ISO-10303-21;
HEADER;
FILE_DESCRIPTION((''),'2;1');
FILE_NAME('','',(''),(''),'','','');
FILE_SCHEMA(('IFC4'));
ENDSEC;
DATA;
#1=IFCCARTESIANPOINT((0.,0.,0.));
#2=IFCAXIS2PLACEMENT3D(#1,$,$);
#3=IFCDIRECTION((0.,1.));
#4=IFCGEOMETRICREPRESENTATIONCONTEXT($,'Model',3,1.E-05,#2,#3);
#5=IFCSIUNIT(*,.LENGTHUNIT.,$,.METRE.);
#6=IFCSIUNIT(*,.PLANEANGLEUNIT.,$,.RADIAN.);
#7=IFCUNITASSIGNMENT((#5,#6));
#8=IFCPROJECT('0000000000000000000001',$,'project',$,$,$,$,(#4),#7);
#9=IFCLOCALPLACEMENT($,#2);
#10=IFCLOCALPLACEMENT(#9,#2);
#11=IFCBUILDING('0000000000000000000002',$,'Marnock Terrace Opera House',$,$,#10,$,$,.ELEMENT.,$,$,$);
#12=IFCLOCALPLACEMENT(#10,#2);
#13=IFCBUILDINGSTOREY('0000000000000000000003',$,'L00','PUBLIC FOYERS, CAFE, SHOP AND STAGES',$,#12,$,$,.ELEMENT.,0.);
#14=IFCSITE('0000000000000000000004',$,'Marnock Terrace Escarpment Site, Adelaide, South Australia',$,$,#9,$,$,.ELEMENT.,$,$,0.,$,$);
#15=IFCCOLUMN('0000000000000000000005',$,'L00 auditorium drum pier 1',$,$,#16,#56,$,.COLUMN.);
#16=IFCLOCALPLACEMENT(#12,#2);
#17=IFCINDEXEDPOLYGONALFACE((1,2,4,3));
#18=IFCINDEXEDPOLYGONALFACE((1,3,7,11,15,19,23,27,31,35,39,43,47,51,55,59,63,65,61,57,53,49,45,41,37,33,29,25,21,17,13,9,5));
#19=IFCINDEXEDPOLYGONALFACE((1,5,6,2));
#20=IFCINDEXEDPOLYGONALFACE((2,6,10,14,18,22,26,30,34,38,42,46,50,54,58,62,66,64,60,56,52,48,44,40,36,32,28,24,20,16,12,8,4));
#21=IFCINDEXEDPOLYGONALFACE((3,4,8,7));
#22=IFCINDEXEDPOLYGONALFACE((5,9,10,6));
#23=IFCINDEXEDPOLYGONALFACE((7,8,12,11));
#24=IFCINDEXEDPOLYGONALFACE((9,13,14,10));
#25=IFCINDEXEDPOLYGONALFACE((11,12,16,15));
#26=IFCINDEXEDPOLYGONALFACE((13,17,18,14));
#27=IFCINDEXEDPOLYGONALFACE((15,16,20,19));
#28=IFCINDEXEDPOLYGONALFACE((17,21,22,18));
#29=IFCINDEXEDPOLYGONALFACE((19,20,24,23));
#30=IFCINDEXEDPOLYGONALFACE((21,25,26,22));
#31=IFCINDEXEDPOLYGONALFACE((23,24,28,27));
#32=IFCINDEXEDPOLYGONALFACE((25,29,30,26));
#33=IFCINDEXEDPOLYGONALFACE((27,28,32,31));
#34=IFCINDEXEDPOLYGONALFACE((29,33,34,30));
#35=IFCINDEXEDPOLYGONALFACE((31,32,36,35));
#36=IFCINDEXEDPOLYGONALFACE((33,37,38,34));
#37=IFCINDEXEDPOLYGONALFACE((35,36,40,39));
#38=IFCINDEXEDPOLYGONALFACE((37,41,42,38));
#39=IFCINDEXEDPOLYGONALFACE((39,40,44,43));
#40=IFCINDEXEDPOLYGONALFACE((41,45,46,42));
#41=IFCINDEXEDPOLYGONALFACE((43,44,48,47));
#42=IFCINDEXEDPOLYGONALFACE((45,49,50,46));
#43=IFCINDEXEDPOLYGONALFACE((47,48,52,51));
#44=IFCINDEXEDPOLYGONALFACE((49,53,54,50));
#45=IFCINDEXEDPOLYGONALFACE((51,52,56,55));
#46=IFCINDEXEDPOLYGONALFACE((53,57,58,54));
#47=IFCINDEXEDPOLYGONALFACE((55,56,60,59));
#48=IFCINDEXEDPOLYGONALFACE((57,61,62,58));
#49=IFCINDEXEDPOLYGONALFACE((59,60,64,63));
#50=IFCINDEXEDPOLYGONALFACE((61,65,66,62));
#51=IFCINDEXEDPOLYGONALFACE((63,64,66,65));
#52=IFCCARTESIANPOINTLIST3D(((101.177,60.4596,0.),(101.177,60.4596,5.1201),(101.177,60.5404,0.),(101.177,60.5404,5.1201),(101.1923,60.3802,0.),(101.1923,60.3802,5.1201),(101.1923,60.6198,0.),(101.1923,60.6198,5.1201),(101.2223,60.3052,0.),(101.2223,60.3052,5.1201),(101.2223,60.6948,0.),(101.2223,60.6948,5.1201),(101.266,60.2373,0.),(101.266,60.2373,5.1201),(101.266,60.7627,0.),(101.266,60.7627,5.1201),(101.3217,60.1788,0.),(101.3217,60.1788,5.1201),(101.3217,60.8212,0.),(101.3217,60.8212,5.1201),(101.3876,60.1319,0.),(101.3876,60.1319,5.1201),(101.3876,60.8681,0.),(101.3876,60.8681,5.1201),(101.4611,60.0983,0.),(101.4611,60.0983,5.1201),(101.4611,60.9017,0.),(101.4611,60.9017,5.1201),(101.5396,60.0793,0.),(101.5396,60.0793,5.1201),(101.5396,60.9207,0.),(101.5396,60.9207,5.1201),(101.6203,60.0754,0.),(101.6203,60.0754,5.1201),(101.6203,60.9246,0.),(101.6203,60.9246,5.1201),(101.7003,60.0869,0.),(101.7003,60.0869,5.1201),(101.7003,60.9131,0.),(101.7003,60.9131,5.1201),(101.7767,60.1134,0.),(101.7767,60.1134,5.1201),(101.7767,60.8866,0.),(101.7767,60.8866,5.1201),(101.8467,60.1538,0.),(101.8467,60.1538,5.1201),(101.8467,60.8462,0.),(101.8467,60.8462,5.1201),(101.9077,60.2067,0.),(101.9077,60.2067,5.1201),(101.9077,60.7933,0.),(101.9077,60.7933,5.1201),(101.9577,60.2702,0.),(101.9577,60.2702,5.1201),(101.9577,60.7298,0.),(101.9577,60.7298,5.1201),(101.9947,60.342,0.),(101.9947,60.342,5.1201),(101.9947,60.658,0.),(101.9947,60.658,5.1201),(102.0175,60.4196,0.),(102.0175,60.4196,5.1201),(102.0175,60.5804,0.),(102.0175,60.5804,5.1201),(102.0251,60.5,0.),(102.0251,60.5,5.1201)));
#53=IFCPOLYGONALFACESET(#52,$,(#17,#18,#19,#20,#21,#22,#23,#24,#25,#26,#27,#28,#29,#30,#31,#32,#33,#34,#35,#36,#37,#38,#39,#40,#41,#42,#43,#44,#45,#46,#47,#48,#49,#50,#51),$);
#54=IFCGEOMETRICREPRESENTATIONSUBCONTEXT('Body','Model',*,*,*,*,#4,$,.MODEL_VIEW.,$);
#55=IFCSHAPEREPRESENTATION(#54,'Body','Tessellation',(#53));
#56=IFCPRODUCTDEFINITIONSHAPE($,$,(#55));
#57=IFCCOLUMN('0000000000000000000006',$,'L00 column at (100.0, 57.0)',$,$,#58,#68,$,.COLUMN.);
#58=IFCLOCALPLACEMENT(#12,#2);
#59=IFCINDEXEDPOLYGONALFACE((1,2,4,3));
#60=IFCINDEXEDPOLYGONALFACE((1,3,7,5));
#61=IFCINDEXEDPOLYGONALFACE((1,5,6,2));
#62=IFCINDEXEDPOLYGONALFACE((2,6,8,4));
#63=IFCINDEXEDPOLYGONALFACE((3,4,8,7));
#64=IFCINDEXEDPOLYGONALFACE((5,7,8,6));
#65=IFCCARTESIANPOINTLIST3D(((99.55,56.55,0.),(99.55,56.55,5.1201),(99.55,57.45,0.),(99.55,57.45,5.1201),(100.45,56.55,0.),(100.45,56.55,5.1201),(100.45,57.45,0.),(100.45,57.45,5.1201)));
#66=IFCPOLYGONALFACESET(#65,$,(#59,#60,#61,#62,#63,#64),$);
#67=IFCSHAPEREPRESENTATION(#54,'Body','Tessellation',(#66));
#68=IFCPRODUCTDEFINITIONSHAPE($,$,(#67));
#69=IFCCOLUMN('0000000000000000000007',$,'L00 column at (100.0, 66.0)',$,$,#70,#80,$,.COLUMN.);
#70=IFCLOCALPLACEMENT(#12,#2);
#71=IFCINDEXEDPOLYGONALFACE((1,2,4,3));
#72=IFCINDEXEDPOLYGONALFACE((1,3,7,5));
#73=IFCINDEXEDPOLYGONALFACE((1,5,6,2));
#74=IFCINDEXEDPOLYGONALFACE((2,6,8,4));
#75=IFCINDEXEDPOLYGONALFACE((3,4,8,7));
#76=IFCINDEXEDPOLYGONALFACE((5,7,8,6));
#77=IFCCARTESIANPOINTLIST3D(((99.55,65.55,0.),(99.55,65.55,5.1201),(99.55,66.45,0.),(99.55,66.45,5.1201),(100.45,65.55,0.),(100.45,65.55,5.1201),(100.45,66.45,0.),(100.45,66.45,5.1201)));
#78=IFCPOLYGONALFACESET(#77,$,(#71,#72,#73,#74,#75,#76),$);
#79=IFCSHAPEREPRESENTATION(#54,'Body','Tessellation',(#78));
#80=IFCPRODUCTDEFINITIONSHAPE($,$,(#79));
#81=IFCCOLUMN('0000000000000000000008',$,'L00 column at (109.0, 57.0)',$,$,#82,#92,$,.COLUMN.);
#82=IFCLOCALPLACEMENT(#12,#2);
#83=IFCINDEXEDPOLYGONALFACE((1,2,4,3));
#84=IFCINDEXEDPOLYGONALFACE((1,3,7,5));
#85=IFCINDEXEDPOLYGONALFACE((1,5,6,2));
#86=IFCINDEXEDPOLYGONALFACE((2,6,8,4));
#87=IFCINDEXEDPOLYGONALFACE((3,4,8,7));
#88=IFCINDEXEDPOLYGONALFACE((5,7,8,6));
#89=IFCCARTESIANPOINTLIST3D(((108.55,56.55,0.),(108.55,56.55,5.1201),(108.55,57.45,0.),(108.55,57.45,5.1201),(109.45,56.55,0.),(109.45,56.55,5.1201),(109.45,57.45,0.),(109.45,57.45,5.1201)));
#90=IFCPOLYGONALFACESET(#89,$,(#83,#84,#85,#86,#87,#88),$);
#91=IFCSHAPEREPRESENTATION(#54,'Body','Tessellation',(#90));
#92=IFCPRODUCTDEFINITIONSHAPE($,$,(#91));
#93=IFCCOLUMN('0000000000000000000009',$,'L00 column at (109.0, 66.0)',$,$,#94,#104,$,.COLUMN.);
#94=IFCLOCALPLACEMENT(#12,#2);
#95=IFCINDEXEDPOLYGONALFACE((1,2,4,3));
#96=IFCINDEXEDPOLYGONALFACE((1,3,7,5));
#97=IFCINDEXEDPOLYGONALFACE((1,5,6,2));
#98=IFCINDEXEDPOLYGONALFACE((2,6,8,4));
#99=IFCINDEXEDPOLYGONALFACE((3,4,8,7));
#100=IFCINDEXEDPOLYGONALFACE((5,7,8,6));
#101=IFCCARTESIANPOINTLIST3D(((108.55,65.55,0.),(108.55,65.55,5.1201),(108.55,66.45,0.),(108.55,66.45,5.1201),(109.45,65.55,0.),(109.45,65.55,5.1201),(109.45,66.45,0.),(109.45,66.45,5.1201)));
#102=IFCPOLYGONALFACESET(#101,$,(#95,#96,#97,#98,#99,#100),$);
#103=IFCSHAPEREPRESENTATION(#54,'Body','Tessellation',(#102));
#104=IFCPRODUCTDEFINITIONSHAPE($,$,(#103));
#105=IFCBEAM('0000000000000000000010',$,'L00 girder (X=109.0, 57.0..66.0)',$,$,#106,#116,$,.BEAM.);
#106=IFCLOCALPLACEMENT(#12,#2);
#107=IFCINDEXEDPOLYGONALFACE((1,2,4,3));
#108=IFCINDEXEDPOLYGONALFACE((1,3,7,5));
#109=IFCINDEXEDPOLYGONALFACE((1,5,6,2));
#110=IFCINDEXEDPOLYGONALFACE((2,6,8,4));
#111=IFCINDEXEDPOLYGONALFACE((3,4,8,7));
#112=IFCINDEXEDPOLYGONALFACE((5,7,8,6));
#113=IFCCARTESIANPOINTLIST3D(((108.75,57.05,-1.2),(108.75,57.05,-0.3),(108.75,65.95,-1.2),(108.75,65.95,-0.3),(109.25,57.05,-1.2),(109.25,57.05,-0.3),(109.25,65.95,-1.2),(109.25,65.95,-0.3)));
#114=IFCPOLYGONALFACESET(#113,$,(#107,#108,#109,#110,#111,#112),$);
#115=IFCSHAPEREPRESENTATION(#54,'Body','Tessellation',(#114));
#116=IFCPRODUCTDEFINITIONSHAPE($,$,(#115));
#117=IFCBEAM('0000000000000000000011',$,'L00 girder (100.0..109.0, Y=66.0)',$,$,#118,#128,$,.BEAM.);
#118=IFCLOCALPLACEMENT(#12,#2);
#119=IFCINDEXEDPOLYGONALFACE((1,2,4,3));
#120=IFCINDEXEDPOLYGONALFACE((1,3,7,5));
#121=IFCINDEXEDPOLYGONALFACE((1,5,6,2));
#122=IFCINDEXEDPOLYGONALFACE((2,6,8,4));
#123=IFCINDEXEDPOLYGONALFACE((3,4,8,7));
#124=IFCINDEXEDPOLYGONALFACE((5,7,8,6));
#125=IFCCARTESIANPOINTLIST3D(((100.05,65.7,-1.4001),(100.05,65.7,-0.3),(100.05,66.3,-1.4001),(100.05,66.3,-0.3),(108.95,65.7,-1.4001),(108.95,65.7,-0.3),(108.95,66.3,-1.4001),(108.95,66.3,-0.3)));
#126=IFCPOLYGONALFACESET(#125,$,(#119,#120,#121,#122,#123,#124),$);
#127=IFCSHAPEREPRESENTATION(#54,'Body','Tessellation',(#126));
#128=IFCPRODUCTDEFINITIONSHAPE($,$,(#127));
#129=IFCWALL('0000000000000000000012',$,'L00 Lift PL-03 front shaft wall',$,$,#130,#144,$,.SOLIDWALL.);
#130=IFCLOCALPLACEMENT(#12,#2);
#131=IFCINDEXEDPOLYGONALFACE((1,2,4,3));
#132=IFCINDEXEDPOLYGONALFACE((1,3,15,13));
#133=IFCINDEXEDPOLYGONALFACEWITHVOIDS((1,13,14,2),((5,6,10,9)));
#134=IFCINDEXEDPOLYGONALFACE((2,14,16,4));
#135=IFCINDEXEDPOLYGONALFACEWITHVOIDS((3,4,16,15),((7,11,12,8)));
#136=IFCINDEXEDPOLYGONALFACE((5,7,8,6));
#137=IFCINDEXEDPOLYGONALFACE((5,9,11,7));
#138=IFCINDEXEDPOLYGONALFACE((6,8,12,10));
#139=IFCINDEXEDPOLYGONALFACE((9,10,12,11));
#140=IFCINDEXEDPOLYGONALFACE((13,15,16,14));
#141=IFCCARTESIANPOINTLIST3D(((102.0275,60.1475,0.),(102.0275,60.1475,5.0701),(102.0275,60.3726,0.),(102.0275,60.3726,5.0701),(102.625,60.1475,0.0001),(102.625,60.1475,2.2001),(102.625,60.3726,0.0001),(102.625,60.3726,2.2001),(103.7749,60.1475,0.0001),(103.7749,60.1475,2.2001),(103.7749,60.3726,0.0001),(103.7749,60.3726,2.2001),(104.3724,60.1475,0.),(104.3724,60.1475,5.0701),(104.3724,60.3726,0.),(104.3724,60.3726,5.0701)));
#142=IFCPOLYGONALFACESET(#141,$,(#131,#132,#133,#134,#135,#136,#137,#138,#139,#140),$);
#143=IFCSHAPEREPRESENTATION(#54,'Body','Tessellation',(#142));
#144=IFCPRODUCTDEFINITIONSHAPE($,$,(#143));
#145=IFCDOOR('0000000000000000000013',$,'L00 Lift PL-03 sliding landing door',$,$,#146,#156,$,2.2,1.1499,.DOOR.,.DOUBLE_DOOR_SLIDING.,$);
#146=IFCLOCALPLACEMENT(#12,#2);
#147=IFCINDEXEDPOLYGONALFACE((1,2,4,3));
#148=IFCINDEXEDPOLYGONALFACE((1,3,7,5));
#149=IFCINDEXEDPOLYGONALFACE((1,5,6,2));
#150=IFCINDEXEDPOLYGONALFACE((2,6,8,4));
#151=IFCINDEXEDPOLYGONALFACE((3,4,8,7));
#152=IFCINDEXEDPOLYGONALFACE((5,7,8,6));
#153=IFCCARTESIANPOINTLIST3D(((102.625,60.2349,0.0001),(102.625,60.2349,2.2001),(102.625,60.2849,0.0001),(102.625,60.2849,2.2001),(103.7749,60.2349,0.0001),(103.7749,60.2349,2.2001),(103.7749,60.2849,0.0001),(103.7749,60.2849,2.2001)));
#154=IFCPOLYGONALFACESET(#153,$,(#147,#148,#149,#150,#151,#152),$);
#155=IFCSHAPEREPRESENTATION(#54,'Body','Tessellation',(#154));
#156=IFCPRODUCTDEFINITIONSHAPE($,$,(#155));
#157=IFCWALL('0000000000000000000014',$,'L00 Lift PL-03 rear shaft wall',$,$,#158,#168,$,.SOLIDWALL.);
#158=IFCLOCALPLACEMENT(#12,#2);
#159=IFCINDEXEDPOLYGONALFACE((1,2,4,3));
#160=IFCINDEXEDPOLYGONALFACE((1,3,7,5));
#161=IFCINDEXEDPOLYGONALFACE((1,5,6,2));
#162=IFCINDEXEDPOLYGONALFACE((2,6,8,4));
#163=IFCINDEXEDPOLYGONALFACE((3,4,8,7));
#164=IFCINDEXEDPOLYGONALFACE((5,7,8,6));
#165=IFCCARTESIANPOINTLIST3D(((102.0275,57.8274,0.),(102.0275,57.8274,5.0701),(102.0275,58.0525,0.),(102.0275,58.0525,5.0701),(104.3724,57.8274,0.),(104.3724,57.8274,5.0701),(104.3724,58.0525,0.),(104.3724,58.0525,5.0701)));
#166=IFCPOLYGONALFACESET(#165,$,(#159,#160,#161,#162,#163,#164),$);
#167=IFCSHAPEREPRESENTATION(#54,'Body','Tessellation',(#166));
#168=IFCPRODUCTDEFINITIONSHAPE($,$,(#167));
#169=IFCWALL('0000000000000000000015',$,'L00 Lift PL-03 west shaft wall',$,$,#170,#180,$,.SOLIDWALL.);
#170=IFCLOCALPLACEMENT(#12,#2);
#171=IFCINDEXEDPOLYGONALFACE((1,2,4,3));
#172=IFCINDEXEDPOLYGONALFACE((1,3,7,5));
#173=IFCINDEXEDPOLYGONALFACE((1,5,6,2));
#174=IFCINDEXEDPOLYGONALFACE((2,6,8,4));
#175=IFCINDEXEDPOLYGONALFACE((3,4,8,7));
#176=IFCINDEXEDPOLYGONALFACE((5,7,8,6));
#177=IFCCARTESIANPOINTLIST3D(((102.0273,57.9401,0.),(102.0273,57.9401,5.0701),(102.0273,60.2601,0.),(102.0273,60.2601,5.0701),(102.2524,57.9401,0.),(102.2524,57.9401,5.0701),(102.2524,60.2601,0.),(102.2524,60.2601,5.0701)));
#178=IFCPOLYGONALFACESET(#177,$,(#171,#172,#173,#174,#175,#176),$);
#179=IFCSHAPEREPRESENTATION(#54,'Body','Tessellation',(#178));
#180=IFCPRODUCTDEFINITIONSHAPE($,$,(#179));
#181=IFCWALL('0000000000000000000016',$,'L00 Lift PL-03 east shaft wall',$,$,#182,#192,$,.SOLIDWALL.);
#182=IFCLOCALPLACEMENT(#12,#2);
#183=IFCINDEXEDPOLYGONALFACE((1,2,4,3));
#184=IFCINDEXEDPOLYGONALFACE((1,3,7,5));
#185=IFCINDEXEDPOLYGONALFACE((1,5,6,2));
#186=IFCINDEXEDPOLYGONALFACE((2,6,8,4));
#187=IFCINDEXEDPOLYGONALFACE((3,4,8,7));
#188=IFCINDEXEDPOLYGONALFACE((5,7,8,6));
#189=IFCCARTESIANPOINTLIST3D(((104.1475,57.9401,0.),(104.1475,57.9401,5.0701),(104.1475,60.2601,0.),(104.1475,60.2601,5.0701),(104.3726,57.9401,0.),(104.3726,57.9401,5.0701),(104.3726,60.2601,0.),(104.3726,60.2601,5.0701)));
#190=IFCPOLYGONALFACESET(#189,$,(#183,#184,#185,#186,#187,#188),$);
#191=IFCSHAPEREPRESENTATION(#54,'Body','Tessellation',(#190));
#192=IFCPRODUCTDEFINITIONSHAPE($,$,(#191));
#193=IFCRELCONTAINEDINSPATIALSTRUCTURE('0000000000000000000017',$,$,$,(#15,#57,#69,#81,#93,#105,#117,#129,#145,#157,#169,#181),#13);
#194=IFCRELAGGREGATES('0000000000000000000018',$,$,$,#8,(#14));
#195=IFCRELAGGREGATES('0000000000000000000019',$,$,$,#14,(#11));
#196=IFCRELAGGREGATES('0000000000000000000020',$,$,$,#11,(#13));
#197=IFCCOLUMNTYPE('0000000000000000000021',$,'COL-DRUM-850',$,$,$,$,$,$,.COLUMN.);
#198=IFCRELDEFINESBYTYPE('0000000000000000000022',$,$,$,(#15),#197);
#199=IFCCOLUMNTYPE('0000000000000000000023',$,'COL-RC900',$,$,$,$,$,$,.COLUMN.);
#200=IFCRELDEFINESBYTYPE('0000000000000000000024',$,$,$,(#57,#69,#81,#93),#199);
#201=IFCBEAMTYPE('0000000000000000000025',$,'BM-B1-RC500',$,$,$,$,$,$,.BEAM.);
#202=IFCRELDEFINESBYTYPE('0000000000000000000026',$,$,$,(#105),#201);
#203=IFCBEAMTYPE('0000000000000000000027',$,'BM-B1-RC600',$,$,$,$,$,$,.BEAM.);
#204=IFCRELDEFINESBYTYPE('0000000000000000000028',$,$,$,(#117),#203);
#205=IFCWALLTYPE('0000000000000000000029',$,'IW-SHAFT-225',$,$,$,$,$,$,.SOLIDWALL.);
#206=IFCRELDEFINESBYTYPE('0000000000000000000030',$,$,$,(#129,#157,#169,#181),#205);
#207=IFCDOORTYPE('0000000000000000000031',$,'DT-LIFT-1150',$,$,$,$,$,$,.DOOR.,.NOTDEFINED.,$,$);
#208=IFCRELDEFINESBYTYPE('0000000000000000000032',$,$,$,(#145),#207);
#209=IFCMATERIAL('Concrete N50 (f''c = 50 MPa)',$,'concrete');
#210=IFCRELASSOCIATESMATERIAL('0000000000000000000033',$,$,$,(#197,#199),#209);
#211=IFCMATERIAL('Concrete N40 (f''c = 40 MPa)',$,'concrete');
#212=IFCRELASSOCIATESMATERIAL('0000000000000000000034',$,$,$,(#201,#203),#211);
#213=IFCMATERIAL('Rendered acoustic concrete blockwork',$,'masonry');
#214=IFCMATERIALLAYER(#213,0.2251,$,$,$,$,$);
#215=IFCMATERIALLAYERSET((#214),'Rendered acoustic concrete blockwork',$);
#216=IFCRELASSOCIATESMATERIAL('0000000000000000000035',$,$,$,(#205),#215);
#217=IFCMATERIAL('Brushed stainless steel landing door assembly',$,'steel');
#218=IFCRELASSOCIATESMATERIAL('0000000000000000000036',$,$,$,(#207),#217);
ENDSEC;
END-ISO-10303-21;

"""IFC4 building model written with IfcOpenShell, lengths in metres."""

from ifc_helpers import new_model, si_unit, direction, frame, frame_2d, origin, origin_2d, place, context, subcontext, project, spatial, rectangle, circle, extrude, material, layer, layer_set, material_profile, profile_set, type_object, element, fill, save


model = new_model("IFC4")

# Units and contexts
model_context = context("Model", 3, precision=1e-05, world=origin(), true_north=direction((0.0, 1.0)))
body_context = subcontext(model_context, "Body", "Model", "MODEL_VIEW")
ifc_project = project(units=[si_unit("LENGTHUNIT", "METRE"), si_unit("PLANEANGLEUNIT", "RADIAN")], contexts=[model_context])

# Site, building, storey
site_placement = place(None, origin())
site = spatial("IfcSite", under=ifc_project, at=site_placement, Name="Marnock Terrace Escarpment Site, Adelaide, South Australia", CompositionType="ELEMENT", RefElevation=0.0)
building_placement = place(site_placement, origin())
building = spatial("IfcBuilding", under=site, at=building_placement, Name="Marnock Terrace Opera House", CompositionType="ELEMENT")
storey_placement = place(building_placement, origin())
storey = spatial("IfcBuildingStorey", under=building, at=storey_placement, Name="L00", Description="PUBLIC FOYERS, CAFE, SHOP AND STAGES", CompositionType="ELEMENT", Elevation=0.0)

# Columns
ifc_material_1 = material(Name="Concrete N50 (f'c = 50 MPa)", Category="concrete")
ifc_material_profile_1 = material_profile(ifc_material_1, circle(Radius=0.425, at=origin_2d()))
ifc_profile_set_1 = profile_set([ifc_material_profile_1], Name="Concrete N50 (f'c = 50 MPa)")
column_type_1 = type_object("IfcColumnType", Name="COL-DRUM-850", PredefinedType="COLUMN", material=ifc_profile_set_1)
column_placement = place(storey_placement, frame((101.6001, 60.5, 0.0), z_axis=(0.0, 0.0, 1.0), x_axis=(1.0, 0.0, 0.0)))
element("IfcColumn", 1, at=column_placement, inside=storey, type_object=column_type_1, Name="L00 auditorium drum pier 1", PredefinedType="COLUMN", context=body_context, shape_type="SweptSolid", body=[
    extrude(circle(Radius=0.425, at=origin_2d()), origin(), (0.0, 0.0, 1.0), 5.1201),
])
ifc_material_profile_2 = material_profile(ifc_material_1, rectangle(XDim=0.8999, YDim=0.8999, at=origin_2d()))
ifc_profile_set_2 = profile_set([ifc_material_profile_2], Name="Concrete N50 (f'c = 50 MPa)")
column_type_2 = type_object("IfcColumnType", Name="COL-RC900", PredefinedType="COLUMN", material=ifc_profile_set_2)
for number, where, z_axis, x_axis, name in (
    (2, (100.0, 57.0, 0.0), (0.0, 0.0, 1.0), (1.0, 0.0, 0.0), "L00 column at (100.0, 57.0)"),
    (3, (100.0, 66.0, 0.0), (0.0, 0.0, 1.0), (1.0, 0.0, 0.0), "L00 column at (100.0, 66.0)"),
    (4, (109.0, 57.0, 0.0), (0.0, 0.0, 1.0), (1.0, 0.0, 0.0), "L00 column at (109.0, 57.0)"),
    (5, (109.0, 66.0, 0.0), (0.0, 0.0, 1.0), (1.0, 0.0, 0.0), "L00 column at (109.0, 66.0)"),
):
    element("IfcColumn", number, at=place(storey_placement, frame(where, z_axis=z_axis, x_axis=x_axis)), inside=storey, type_object=column_type_2, Name=name, PredefinedType="COLUMN", context=body_context, shape_type="SweptSolid", body=[
        extrude(rectangle(XDim=0.8999, YDim=0.8999, at=origin_2d()), origin(), (0.0, 0.0, 1.0), 5.1201),
    ])

# Beams
ifc_material_2 = material(Name="Concrete N40 (f'c = 40 MPa)", Category="concrete")
ifc_material_profile_3 = material_profile(ifc_material_2, rectangle(XDim=0.5, YDim=0.8999, at=origin_2d()))
ifc_profile_set_3 = profile_set([ifc_material_profile_3], Name="Concrete N40 (f'c = 40 MPa)")
beam_type_1 = type_object("IfcBeamType", Name="BM-B1-RC500", PredefinedType="BEAM", material=ifc_profile_set_3)
beam_1_placement = place(storey_placement, frame((109.0, 57.05, -0.75), z_axis=(0.0, 1.0, 0.0), x_axis=(-1.0, 0.0, 0.0)))
element("IfcBeam", 6, at=beam_1_placement, inside=storey, type_object=beam_type_1, Name="L00 girder (X=109.0, 57.0..66.0)", PredefinedType="BEAM", context=body_context, shape_type="SweptSolid", body=[
    extrude(rectangle(XDim=0.5, YDim=0.8999, at=origin_2d()), origin(), (0.0, 0.0, 1.0), 8.8999),
])
ifc_material_profile_4 = material_profile(ifc_material_2, rectangle(XDim=0.6001, YDim=1.1001, at=origin_2d()))
ifc_profile_set_4 = profile_set([ifc_material_profile_4], Name="Concrete N40 (f'c = 40 MPa)")
beam_type_2 = type_object("IfcBeamType", Name="BM-B1-RC600", PredefinedType="BEAM", material=ifc_profile_set_4)
beam_2_placement = place(storey_placement, frame((100.05, 66.0, -0.8501), z_axis=(1.0, 0.0, 0.0), x_axis=(0.0, 1.0, 0.0)))
element("IfcBeam", 7, at=beam_2_placement, inside=storey, type_object=beam_type_2, Name="L00 girder (100.0..109.0, Y=66.0)", PredefinedType="BEAM", context=body_context, shape_type="SweptSolid", body=[
    extrude(rectangle(XDim=0.6001, YDim=1.1001, at=origin_2d()), origin(), (0.0, 0.0, 1.0), 8.8999),
])

# Wall, opening, door
ifc_material_3 = material(Name="Rendered acoustic concrete blockwork", Category="masonry")
ifc_layer_1 = layer(ifc_material_3, 0.2251)
ifc_layer_set_1 = layer_set([ifc_layer_1], Name="Rendered acoustic concrete blockwork")
wall_type_1 = type_object("IfcWallType", Name="IW-SHAFT-225", PredefinedType="SOLIDWALL", material=ifc_layer_set_1)
wall_1_placement = place(storey_placement, frame((102.0276, 60.26, 0.0), z_axis=(0.0, 0.0, 1.0), x_axis=(1.0, 0.0, 0.0)))
wall_1 = element("IfcWall", 8, at=wall_1_placement, inside=storey, type_object=wall_type_1, Name="L00 Lift PL-03 front shaft wall", PredefinedType="SOLIDWALL", context=body_context, shape_type="SweptSolid", body=[
    extrude(rectangle(XDim=2.345, YDim=0.2251, at=frame_2d((1.1724, 0.0))), origin(), (0.0, 0.0, 1.0), 5.0701),
])
opening_1_placement = place(wall_1_placement, frame((0.5974, 0.0, 0.0)))
opening_1 = element("IfcOpeningElement", 9, at=opening_1_placement, cuts=wall_1, PredefinedType="OPENING", context=body_context, shape_type="SweptSolid", body=[
    extrude(rectangle(XDim=1.1499, YDim=2.2, at=frame_2d((0.575, 1.1001))), frame((0.0, 0.1226, 0.0), z_axis=(0.0, -1.0, 0.0), x_axis=(1.0, 0.0, 0.0)), (0.0, 0.0, 1.0), 0.2451),
])
ifc_material_4 = material(Name="Brushed stainless steel landing door assembly", Category="steel")
door_type = type_object("IfcDoorType", Name="DT-LIFT-1150", OperationType="NOTDEFINED", PredefinedType="DOOR", material=ifc_material_4)
door_1_placement = place(opening_1_placement, origin())
door_1 = element("IfcDoor", 10, at=door_1_placement, inside=storey, type_object=door_type, Name="L00 Lift PL-03 sliding landing door", OperationType="DOUBLE_DOOR_SLIDING", OverallHeight=2.2, OverallWidth=1.1499, PredefinedType="DOOR", context=body_context, shape_type="SweptSolid", body=[
    extrude(rectangle(XDim=1.1499, YDim=2.2, at=frame_2d((0.575, 1.1001))), frame((0.0, 0.0249, 0.0), z_axis=(0.0, -1.0, 0.0), x_axis=(1.0, 0.0, 0.0)), (0.0, 0.0, 1.0), 0.05),
])
fill(opening_1, door_1)

# Walls
wall_2_placement = place(storey_placement, frame((102.0276, 57.9399, 0.0), z_axis=(0.0, 0.0, 1.0), x_axis=(1.0, 0.0, 0.0)))
element("IfcWall", 11, at=wall_2_placement, inside=storey, type_object=wall_type_1, Name="L00 Lift PL-03 rear shaft wall", PredefinedType="SOLIDWALL", context=body_context, shape_type="SweptSolid", body=[
    extrude(rectangle(XDim=2.345, YDim=0.2251, at=frame_2d((1.1724, 0.0))), origin(), (0.0, 0.0, 1.0), 5.0701),
])
for number, where, z_axis, x_axis, name in (
    (12, (102.1399, 57.9399, 0.0), (0.0, 0.0, 1.0), (0.0, 1.0, 0.0), "L00 Lift PL-03 west shaft wall"),
    (13, (104.26, 57.9399, 0.0), (0.0, 0.0, 1.0), (0.0, 1.0, 0.0), "L00 Lift PL-03 east shaft wall"),
):
    element("IfcWall", number, at=place(storey_placement, frame(where, z_axis=z_axis, x_axis=x_axis)), inside=storey, type_object=wall_type_1, Name=name, PredefinedType="SOLIDWALL", context=body_context, shape_type="SweptSolid", body=[
        extrude(rectangle(XDim=2.3201, YDim=0.2251, at=frame_2d((1.1602, 0.0))), origin(), (0.0, 0.0, 1.0), 5.0701),
    ])

save(model, "model.ifc")
